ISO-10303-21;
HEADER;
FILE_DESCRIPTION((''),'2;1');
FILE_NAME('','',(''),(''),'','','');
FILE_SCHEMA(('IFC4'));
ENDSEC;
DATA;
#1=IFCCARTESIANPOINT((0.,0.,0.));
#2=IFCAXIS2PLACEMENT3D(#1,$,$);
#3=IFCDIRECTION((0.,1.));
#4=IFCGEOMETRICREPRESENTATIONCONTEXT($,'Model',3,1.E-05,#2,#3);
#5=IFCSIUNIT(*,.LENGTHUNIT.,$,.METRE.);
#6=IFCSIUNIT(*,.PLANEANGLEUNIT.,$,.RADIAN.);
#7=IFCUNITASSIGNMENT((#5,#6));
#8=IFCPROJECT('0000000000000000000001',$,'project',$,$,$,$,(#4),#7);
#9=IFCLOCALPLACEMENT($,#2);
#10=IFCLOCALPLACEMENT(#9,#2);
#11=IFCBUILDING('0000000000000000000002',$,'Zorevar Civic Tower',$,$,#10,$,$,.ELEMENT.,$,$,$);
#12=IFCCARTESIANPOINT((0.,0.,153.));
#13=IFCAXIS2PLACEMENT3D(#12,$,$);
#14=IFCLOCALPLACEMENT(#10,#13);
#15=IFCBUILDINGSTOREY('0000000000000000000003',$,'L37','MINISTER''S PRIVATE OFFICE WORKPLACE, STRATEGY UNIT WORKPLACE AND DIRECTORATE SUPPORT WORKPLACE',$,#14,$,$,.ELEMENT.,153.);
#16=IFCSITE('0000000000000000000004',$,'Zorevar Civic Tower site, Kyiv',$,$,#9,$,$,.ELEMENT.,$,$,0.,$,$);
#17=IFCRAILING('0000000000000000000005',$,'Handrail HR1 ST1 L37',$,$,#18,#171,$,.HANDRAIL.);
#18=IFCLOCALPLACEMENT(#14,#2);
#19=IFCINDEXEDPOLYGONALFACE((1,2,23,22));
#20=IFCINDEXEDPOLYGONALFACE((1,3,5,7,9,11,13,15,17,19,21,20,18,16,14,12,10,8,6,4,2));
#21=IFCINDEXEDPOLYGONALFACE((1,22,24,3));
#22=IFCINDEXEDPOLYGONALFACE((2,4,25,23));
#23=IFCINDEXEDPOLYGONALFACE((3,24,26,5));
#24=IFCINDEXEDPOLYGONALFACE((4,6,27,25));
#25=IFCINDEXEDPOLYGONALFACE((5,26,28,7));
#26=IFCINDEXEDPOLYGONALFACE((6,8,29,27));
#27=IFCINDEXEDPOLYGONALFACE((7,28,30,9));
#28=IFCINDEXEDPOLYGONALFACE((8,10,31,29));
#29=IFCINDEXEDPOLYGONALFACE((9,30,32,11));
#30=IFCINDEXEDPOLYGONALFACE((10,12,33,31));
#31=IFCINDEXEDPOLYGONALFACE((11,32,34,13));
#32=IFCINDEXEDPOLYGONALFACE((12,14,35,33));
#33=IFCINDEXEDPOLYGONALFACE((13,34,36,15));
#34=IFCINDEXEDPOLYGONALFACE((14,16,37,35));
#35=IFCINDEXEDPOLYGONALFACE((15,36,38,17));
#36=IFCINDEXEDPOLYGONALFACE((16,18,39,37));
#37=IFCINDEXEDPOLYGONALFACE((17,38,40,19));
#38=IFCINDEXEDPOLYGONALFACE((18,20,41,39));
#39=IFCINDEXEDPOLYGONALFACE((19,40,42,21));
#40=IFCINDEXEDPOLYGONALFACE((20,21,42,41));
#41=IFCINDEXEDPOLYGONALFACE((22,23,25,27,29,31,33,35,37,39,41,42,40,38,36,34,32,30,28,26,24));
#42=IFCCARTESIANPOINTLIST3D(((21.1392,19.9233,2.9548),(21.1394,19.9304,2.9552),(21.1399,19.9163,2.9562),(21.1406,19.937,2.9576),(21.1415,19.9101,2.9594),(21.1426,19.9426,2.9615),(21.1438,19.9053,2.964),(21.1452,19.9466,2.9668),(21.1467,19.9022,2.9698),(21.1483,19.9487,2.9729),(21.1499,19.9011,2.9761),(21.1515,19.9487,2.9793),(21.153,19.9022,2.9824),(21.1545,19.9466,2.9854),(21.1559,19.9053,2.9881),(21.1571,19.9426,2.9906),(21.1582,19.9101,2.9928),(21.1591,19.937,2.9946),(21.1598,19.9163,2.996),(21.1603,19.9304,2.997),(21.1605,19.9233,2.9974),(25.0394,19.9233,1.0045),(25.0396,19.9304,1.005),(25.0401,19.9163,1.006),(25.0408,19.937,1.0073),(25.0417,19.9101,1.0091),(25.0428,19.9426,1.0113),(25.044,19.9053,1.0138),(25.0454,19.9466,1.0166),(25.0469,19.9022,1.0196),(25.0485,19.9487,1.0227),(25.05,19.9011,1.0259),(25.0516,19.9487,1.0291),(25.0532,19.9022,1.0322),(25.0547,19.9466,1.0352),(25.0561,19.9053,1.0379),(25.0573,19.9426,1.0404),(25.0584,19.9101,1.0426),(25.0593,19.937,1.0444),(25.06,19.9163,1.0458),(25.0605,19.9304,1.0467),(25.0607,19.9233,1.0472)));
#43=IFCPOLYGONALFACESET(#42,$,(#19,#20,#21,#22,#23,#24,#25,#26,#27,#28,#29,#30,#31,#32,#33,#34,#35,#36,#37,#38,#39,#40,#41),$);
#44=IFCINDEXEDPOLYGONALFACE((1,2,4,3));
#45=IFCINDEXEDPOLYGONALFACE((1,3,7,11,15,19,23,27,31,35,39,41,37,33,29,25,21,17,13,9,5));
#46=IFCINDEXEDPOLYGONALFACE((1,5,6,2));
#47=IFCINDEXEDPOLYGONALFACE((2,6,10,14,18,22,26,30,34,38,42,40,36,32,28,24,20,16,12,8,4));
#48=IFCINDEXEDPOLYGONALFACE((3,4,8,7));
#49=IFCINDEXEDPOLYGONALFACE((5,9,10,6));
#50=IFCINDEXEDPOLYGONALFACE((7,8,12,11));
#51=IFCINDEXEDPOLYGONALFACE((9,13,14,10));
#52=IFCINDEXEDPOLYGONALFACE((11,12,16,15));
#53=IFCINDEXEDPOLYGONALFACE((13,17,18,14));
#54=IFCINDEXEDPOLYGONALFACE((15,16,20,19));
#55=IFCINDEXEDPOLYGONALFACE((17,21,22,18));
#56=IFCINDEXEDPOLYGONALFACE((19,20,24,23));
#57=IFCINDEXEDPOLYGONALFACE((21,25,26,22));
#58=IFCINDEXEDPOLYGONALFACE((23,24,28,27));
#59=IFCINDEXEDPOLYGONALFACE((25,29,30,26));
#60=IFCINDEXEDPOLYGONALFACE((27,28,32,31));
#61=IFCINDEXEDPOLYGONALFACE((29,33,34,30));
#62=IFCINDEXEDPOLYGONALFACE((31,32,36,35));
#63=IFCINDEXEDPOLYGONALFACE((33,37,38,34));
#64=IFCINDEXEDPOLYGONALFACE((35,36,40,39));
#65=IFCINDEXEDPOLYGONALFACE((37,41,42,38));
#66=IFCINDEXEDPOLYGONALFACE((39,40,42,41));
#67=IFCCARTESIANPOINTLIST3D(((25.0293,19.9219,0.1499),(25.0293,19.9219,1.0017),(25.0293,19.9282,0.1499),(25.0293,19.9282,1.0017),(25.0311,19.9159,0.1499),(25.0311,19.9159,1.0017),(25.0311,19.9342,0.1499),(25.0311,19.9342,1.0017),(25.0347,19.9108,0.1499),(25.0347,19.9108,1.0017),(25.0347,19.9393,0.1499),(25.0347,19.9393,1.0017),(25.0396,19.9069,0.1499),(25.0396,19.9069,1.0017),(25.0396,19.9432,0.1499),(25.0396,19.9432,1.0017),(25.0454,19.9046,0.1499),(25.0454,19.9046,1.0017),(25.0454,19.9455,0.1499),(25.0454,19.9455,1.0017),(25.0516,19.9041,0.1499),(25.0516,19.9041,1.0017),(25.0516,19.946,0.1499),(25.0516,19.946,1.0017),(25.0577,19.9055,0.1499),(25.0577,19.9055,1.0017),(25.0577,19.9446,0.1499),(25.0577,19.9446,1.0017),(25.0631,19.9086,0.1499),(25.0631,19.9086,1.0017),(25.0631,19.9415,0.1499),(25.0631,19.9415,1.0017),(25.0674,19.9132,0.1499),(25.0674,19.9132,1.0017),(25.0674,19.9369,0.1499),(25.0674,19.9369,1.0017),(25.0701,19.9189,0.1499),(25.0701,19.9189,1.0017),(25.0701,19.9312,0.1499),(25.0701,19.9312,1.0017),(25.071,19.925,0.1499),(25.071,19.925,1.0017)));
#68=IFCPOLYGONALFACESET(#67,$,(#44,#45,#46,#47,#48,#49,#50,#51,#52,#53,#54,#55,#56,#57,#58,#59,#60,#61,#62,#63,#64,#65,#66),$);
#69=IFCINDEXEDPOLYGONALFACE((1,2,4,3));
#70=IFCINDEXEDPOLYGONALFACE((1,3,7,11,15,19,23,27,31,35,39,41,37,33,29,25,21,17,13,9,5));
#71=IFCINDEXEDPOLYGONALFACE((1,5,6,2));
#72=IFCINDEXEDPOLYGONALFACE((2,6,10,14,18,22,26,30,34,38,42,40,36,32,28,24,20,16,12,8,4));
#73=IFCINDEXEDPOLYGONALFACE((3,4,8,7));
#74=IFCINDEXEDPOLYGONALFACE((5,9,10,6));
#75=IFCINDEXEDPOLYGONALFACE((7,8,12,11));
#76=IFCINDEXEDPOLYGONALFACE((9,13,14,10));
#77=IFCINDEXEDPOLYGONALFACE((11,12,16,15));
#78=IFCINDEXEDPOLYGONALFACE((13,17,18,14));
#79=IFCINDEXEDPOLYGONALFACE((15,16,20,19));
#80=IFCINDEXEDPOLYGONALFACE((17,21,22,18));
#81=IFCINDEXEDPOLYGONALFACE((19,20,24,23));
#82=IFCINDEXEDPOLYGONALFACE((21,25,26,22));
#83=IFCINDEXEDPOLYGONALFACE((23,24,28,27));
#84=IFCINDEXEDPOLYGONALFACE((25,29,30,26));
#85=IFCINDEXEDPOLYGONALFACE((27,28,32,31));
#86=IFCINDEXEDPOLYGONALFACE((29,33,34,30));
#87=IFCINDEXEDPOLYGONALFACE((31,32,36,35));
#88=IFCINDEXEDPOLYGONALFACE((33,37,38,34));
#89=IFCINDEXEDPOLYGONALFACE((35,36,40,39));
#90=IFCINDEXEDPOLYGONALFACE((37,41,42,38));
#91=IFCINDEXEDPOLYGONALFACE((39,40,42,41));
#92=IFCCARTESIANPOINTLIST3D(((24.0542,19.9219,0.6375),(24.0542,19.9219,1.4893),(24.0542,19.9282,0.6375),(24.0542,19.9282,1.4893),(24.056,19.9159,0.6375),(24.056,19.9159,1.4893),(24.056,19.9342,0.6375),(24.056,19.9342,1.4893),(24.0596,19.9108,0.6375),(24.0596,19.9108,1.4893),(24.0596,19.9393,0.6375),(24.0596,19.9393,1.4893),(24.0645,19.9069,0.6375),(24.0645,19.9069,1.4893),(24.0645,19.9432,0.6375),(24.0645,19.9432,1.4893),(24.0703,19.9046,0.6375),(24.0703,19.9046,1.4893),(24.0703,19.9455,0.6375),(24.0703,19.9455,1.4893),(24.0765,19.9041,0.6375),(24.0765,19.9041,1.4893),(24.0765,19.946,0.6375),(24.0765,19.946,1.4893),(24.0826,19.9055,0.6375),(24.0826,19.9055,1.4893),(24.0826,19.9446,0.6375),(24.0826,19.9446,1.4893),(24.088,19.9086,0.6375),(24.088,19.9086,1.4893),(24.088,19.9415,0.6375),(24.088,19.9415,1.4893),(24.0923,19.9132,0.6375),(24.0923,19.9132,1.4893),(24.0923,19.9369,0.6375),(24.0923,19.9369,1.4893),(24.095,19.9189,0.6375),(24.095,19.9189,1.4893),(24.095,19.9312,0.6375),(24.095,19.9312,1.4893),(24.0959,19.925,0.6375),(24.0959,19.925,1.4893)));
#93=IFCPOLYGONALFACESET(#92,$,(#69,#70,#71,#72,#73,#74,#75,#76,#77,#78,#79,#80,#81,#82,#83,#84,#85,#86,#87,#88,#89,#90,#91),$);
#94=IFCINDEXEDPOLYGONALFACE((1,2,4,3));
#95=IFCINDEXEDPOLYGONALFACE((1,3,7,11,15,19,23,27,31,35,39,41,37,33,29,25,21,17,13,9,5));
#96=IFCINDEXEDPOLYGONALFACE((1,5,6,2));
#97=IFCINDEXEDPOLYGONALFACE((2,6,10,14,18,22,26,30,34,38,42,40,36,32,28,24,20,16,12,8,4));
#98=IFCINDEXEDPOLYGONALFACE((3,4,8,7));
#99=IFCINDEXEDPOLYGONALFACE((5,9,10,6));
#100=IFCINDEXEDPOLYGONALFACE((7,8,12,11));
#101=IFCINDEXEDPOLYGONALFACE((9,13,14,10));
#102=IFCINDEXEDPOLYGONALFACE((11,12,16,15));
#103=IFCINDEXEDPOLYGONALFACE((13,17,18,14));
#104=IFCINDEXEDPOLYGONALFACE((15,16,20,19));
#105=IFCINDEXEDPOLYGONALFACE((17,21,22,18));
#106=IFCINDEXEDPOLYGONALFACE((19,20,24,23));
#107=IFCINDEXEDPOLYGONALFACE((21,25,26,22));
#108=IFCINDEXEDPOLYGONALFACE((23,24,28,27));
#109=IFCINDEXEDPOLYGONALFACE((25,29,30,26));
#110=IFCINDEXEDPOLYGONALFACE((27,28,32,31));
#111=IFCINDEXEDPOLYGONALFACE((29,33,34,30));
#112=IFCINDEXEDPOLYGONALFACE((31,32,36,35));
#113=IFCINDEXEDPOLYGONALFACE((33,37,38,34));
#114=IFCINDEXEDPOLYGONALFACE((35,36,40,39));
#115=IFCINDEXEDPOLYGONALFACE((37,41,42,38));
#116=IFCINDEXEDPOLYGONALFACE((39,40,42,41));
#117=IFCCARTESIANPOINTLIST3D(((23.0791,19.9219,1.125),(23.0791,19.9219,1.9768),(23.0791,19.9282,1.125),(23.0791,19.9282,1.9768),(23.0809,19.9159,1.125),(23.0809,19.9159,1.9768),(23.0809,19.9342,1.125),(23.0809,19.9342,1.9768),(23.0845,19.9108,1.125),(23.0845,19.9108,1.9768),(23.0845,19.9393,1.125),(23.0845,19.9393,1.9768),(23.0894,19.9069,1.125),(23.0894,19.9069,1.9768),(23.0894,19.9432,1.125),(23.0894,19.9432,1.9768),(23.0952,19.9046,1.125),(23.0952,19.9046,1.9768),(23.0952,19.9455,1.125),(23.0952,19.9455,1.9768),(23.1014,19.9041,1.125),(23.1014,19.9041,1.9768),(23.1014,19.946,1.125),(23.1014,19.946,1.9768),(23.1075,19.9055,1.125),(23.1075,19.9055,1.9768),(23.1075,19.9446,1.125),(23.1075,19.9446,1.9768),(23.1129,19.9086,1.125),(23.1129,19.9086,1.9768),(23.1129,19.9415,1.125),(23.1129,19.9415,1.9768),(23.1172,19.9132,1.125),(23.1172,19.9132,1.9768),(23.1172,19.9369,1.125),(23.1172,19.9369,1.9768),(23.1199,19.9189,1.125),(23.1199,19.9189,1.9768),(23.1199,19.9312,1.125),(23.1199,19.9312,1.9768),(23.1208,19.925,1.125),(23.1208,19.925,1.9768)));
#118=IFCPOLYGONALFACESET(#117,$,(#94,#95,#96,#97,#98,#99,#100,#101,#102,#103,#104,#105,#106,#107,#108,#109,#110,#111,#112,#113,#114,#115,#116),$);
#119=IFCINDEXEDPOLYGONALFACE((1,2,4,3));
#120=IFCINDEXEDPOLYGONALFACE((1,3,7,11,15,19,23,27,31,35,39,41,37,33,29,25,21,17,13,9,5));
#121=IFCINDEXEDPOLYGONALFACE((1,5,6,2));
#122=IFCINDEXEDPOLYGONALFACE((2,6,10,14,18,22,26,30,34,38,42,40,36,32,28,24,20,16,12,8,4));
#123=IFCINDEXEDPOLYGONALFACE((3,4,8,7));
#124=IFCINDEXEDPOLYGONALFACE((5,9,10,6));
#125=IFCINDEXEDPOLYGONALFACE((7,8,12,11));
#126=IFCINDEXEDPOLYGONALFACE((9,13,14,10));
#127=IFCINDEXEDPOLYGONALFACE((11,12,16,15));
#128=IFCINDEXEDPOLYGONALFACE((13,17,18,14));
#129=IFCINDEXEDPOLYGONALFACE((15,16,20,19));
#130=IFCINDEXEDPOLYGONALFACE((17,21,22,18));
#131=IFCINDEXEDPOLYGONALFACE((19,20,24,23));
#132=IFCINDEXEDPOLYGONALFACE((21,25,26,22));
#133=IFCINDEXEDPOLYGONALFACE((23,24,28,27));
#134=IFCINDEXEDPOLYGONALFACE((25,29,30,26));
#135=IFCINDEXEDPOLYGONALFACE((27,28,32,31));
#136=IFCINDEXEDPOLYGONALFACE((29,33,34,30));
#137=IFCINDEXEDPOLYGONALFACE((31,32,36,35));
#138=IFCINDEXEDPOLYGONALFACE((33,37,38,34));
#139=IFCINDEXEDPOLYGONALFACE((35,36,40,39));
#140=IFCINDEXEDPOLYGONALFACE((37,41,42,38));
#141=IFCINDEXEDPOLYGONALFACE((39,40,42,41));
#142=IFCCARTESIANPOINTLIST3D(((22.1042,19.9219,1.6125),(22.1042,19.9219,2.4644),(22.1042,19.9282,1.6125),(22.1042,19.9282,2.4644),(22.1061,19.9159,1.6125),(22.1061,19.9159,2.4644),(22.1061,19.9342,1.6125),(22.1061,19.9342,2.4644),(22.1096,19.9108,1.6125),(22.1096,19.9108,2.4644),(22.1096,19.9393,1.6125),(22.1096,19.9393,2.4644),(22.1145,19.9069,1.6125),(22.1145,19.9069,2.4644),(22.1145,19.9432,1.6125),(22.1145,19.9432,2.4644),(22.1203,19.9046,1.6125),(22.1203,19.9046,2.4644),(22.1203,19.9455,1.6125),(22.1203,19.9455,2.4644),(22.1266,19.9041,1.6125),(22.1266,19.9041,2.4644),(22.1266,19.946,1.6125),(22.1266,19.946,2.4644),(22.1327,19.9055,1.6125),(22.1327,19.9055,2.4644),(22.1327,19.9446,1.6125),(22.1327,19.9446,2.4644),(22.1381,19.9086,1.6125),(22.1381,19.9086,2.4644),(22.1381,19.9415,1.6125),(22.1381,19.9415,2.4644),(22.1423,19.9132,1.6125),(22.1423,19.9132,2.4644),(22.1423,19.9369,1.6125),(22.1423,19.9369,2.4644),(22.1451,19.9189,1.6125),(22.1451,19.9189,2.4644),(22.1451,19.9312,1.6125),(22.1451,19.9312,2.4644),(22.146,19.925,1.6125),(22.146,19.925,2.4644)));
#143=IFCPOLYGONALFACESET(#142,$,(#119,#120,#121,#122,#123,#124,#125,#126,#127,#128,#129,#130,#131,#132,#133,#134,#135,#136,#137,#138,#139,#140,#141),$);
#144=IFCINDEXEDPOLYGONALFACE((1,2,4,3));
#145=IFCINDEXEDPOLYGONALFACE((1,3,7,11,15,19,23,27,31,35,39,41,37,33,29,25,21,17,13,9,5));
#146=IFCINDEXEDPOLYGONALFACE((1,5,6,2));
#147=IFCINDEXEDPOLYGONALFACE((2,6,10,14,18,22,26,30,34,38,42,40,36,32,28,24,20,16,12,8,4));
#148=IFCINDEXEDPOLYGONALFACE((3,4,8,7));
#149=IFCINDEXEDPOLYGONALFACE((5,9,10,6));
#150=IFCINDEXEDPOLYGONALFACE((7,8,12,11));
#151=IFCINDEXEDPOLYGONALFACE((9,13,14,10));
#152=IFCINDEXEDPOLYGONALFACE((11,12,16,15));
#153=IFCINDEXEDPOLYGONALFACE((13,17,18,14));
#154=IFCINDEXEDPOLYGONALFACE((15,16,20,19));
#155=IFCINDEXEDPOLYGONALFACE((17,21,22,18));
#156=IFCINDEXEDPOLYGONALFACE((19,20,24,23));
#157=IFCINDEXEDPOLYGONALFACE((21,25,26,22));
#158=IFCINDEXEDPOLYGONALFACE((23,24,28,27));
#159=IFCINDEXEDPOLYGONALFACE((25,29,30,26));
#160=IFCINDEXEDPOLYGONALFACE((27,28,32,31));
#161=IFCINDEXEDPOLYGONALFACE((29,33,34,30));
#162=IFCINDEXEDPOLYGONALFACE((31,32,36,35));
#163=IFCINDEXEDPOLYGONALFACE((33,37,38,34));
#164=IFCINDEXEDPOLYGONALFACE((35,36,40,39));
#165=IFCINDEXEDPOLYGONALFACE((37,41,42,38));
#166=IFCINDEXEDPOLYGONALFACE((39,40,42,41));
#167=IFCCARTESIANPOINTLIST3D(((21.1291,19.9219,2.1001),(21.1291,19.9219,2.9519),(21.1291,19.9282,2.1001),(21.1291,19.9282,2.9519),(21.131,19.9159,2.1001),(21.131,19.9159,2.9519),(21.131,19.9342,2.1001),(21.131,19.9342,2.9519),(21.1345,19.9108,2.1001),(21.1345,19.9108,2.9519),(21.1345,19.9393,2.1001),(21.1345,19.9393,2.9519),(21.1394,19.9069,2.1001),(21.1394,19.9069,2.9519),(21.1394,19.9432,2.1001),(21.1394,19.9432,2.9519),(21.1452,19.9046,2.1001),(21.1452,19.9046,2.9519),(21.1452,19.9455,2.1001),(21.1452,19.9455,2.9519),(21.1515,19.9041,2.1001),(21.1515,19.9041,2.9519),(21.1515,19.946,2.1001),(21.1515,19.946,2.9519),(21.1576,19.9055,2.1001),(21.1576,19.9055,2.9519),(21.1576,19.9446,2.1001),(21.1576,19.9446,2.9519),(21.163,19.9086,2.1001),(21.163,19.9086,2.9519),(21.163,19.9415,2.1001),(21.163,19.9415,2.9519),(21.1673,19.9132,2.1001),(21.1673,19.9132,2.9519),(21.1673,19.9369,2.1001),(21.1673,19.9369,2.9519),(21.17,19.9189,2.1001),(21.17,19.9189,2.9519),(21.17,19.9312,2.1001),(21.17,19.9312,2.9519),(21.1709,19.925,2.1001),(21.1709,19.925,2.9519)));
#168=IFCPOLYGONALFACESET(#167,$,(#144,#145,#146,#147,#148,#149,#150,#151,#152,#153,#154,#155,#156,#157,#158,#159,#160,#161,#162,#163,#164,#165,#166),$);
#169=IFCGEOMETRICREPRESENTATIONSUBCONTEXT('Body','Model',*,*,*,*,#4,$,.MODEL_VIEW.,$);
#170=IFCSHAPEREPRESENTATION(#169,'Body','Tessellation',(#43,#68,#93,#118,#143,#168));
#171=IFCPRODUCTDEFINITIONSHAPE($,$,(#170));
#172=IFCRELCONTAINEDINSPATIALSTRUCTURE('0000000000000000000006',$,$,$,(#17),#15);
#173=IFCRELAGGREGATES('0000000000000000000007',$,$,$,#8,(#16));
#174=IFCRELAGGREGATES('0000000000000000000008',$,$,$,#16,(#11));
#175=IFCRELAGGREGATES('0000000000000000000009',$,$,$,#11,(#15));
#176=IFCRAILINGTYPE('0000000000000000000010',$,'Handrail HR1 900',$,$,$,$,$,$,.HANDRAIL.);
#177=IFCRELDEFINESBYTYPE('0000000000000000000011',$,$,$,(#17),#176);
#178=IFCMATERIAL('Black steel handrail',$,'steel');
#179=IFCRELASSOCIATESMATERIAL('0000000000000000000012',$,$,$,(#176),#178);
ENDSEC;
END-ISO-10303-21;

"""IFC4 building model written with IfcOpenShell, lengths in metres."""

from ifc_helpers import new_model, si_unit, direction, frame, origin, origin_2d, place, context, subcontext, project, spatial, circle, extrude, material, type_object, element, save


model = new_model("IFC4")

# Units and contexts
model_context = context("Model", 3, precision=1e-05, world=origin(), true_north=direction((0.0, 1.0)))
body_context = subcontext(model_context, "Body", "Model", "MODEL_VIEW")
ifc_project = project(units=[si_unit("LENGTHUNIT", "METRE"), si_unit("PLANEANGLEUNIT", "RADIAN")], contexts=[model_context])

# Site, building, storey
site_placement = place(None, origin())
site = spatial("IfcSite", under=ifc_project, at=site_placement, Name="Zorevar Civic Tower site, Kyiv", CompositionType="ELEMENT", RefElevation=0.0)
building_placement = place(site_placement, origin())
building = spatial("IfcBuilding", under=site, at=building_placement, Name="Zorevar Civic Tower", CompositionType="ELEMENT")
storey_placement = place(building_placement, frame((0.0, 0.0, 153.0)))
storey = spatial("IfcBuildingStorey", under=building, at=storey_placement, Name="L37", Description="MINISTER'S PRIVATE OFFICE WORKPLACE, STRATEGY UNIT WORKPLACE AND DIRECTORATE SUPPORT WORKPLACE", CompositionType="ELEMENT", Elevation=153.0)

# Railing
ifc_material_1 = material(Name="Black steel handrail", Category="steel")
railing_type = type_object("IfcRailingType", Name="Handrail HR1 900", PredefinedType="HANDRAIL", material=ifc_material_1)
railing_1_placement = place(storey_placement, frame((25.05, 19.925, 0.1499)))
element("IfcRailing", 1, at=railing_1_placement, inside=storey, type_object=railing_type, Name="Handrail HR1 ST1 L37", PredefinedType="HANDRAIL", context=body_context, shape_type="SweptSolid", body=[
    extrude(circle(Radius=0.0239, at=origin_2d()), frame((0.0, 0.0, 0.876), z_axis=(-0.894416, 0.0, 0.447236), x_axis=(0.0, -1.0, 0.0)), (0.0, 0.0, 1.0), 4.3606),
    extrude(circle(Radius=0.021, at=origin_2d()), origin(), (0.0, 0.0, 1.0), 0.8518),
    extrude(circle(Radius=0.021, at=origin_2d()), frame((-0.9751, 0.0, 0.4875)), (0.0, 0.0, 1.0), 0.8518),
    extrude(circle(Radius=0.021, at=origin_2d()), frame((-1.9502, 0.0, 0.9751)), (0.0, 0.0, 1.0), 0.8518),
    extrude(circle(Radius=0.021, at=origin_2d()), frame((-2.925, 0.0, 1.4626)), (0.0, 0.0, 1.0), 0.8518),
    extrude(circle(Radius=0.021, at=origin_2d()), frame((-3.9001, 0.0, 1.9502)), (0.0, 0.0, 1.0), 0.8518),
])

save(model, "model.ifc")
